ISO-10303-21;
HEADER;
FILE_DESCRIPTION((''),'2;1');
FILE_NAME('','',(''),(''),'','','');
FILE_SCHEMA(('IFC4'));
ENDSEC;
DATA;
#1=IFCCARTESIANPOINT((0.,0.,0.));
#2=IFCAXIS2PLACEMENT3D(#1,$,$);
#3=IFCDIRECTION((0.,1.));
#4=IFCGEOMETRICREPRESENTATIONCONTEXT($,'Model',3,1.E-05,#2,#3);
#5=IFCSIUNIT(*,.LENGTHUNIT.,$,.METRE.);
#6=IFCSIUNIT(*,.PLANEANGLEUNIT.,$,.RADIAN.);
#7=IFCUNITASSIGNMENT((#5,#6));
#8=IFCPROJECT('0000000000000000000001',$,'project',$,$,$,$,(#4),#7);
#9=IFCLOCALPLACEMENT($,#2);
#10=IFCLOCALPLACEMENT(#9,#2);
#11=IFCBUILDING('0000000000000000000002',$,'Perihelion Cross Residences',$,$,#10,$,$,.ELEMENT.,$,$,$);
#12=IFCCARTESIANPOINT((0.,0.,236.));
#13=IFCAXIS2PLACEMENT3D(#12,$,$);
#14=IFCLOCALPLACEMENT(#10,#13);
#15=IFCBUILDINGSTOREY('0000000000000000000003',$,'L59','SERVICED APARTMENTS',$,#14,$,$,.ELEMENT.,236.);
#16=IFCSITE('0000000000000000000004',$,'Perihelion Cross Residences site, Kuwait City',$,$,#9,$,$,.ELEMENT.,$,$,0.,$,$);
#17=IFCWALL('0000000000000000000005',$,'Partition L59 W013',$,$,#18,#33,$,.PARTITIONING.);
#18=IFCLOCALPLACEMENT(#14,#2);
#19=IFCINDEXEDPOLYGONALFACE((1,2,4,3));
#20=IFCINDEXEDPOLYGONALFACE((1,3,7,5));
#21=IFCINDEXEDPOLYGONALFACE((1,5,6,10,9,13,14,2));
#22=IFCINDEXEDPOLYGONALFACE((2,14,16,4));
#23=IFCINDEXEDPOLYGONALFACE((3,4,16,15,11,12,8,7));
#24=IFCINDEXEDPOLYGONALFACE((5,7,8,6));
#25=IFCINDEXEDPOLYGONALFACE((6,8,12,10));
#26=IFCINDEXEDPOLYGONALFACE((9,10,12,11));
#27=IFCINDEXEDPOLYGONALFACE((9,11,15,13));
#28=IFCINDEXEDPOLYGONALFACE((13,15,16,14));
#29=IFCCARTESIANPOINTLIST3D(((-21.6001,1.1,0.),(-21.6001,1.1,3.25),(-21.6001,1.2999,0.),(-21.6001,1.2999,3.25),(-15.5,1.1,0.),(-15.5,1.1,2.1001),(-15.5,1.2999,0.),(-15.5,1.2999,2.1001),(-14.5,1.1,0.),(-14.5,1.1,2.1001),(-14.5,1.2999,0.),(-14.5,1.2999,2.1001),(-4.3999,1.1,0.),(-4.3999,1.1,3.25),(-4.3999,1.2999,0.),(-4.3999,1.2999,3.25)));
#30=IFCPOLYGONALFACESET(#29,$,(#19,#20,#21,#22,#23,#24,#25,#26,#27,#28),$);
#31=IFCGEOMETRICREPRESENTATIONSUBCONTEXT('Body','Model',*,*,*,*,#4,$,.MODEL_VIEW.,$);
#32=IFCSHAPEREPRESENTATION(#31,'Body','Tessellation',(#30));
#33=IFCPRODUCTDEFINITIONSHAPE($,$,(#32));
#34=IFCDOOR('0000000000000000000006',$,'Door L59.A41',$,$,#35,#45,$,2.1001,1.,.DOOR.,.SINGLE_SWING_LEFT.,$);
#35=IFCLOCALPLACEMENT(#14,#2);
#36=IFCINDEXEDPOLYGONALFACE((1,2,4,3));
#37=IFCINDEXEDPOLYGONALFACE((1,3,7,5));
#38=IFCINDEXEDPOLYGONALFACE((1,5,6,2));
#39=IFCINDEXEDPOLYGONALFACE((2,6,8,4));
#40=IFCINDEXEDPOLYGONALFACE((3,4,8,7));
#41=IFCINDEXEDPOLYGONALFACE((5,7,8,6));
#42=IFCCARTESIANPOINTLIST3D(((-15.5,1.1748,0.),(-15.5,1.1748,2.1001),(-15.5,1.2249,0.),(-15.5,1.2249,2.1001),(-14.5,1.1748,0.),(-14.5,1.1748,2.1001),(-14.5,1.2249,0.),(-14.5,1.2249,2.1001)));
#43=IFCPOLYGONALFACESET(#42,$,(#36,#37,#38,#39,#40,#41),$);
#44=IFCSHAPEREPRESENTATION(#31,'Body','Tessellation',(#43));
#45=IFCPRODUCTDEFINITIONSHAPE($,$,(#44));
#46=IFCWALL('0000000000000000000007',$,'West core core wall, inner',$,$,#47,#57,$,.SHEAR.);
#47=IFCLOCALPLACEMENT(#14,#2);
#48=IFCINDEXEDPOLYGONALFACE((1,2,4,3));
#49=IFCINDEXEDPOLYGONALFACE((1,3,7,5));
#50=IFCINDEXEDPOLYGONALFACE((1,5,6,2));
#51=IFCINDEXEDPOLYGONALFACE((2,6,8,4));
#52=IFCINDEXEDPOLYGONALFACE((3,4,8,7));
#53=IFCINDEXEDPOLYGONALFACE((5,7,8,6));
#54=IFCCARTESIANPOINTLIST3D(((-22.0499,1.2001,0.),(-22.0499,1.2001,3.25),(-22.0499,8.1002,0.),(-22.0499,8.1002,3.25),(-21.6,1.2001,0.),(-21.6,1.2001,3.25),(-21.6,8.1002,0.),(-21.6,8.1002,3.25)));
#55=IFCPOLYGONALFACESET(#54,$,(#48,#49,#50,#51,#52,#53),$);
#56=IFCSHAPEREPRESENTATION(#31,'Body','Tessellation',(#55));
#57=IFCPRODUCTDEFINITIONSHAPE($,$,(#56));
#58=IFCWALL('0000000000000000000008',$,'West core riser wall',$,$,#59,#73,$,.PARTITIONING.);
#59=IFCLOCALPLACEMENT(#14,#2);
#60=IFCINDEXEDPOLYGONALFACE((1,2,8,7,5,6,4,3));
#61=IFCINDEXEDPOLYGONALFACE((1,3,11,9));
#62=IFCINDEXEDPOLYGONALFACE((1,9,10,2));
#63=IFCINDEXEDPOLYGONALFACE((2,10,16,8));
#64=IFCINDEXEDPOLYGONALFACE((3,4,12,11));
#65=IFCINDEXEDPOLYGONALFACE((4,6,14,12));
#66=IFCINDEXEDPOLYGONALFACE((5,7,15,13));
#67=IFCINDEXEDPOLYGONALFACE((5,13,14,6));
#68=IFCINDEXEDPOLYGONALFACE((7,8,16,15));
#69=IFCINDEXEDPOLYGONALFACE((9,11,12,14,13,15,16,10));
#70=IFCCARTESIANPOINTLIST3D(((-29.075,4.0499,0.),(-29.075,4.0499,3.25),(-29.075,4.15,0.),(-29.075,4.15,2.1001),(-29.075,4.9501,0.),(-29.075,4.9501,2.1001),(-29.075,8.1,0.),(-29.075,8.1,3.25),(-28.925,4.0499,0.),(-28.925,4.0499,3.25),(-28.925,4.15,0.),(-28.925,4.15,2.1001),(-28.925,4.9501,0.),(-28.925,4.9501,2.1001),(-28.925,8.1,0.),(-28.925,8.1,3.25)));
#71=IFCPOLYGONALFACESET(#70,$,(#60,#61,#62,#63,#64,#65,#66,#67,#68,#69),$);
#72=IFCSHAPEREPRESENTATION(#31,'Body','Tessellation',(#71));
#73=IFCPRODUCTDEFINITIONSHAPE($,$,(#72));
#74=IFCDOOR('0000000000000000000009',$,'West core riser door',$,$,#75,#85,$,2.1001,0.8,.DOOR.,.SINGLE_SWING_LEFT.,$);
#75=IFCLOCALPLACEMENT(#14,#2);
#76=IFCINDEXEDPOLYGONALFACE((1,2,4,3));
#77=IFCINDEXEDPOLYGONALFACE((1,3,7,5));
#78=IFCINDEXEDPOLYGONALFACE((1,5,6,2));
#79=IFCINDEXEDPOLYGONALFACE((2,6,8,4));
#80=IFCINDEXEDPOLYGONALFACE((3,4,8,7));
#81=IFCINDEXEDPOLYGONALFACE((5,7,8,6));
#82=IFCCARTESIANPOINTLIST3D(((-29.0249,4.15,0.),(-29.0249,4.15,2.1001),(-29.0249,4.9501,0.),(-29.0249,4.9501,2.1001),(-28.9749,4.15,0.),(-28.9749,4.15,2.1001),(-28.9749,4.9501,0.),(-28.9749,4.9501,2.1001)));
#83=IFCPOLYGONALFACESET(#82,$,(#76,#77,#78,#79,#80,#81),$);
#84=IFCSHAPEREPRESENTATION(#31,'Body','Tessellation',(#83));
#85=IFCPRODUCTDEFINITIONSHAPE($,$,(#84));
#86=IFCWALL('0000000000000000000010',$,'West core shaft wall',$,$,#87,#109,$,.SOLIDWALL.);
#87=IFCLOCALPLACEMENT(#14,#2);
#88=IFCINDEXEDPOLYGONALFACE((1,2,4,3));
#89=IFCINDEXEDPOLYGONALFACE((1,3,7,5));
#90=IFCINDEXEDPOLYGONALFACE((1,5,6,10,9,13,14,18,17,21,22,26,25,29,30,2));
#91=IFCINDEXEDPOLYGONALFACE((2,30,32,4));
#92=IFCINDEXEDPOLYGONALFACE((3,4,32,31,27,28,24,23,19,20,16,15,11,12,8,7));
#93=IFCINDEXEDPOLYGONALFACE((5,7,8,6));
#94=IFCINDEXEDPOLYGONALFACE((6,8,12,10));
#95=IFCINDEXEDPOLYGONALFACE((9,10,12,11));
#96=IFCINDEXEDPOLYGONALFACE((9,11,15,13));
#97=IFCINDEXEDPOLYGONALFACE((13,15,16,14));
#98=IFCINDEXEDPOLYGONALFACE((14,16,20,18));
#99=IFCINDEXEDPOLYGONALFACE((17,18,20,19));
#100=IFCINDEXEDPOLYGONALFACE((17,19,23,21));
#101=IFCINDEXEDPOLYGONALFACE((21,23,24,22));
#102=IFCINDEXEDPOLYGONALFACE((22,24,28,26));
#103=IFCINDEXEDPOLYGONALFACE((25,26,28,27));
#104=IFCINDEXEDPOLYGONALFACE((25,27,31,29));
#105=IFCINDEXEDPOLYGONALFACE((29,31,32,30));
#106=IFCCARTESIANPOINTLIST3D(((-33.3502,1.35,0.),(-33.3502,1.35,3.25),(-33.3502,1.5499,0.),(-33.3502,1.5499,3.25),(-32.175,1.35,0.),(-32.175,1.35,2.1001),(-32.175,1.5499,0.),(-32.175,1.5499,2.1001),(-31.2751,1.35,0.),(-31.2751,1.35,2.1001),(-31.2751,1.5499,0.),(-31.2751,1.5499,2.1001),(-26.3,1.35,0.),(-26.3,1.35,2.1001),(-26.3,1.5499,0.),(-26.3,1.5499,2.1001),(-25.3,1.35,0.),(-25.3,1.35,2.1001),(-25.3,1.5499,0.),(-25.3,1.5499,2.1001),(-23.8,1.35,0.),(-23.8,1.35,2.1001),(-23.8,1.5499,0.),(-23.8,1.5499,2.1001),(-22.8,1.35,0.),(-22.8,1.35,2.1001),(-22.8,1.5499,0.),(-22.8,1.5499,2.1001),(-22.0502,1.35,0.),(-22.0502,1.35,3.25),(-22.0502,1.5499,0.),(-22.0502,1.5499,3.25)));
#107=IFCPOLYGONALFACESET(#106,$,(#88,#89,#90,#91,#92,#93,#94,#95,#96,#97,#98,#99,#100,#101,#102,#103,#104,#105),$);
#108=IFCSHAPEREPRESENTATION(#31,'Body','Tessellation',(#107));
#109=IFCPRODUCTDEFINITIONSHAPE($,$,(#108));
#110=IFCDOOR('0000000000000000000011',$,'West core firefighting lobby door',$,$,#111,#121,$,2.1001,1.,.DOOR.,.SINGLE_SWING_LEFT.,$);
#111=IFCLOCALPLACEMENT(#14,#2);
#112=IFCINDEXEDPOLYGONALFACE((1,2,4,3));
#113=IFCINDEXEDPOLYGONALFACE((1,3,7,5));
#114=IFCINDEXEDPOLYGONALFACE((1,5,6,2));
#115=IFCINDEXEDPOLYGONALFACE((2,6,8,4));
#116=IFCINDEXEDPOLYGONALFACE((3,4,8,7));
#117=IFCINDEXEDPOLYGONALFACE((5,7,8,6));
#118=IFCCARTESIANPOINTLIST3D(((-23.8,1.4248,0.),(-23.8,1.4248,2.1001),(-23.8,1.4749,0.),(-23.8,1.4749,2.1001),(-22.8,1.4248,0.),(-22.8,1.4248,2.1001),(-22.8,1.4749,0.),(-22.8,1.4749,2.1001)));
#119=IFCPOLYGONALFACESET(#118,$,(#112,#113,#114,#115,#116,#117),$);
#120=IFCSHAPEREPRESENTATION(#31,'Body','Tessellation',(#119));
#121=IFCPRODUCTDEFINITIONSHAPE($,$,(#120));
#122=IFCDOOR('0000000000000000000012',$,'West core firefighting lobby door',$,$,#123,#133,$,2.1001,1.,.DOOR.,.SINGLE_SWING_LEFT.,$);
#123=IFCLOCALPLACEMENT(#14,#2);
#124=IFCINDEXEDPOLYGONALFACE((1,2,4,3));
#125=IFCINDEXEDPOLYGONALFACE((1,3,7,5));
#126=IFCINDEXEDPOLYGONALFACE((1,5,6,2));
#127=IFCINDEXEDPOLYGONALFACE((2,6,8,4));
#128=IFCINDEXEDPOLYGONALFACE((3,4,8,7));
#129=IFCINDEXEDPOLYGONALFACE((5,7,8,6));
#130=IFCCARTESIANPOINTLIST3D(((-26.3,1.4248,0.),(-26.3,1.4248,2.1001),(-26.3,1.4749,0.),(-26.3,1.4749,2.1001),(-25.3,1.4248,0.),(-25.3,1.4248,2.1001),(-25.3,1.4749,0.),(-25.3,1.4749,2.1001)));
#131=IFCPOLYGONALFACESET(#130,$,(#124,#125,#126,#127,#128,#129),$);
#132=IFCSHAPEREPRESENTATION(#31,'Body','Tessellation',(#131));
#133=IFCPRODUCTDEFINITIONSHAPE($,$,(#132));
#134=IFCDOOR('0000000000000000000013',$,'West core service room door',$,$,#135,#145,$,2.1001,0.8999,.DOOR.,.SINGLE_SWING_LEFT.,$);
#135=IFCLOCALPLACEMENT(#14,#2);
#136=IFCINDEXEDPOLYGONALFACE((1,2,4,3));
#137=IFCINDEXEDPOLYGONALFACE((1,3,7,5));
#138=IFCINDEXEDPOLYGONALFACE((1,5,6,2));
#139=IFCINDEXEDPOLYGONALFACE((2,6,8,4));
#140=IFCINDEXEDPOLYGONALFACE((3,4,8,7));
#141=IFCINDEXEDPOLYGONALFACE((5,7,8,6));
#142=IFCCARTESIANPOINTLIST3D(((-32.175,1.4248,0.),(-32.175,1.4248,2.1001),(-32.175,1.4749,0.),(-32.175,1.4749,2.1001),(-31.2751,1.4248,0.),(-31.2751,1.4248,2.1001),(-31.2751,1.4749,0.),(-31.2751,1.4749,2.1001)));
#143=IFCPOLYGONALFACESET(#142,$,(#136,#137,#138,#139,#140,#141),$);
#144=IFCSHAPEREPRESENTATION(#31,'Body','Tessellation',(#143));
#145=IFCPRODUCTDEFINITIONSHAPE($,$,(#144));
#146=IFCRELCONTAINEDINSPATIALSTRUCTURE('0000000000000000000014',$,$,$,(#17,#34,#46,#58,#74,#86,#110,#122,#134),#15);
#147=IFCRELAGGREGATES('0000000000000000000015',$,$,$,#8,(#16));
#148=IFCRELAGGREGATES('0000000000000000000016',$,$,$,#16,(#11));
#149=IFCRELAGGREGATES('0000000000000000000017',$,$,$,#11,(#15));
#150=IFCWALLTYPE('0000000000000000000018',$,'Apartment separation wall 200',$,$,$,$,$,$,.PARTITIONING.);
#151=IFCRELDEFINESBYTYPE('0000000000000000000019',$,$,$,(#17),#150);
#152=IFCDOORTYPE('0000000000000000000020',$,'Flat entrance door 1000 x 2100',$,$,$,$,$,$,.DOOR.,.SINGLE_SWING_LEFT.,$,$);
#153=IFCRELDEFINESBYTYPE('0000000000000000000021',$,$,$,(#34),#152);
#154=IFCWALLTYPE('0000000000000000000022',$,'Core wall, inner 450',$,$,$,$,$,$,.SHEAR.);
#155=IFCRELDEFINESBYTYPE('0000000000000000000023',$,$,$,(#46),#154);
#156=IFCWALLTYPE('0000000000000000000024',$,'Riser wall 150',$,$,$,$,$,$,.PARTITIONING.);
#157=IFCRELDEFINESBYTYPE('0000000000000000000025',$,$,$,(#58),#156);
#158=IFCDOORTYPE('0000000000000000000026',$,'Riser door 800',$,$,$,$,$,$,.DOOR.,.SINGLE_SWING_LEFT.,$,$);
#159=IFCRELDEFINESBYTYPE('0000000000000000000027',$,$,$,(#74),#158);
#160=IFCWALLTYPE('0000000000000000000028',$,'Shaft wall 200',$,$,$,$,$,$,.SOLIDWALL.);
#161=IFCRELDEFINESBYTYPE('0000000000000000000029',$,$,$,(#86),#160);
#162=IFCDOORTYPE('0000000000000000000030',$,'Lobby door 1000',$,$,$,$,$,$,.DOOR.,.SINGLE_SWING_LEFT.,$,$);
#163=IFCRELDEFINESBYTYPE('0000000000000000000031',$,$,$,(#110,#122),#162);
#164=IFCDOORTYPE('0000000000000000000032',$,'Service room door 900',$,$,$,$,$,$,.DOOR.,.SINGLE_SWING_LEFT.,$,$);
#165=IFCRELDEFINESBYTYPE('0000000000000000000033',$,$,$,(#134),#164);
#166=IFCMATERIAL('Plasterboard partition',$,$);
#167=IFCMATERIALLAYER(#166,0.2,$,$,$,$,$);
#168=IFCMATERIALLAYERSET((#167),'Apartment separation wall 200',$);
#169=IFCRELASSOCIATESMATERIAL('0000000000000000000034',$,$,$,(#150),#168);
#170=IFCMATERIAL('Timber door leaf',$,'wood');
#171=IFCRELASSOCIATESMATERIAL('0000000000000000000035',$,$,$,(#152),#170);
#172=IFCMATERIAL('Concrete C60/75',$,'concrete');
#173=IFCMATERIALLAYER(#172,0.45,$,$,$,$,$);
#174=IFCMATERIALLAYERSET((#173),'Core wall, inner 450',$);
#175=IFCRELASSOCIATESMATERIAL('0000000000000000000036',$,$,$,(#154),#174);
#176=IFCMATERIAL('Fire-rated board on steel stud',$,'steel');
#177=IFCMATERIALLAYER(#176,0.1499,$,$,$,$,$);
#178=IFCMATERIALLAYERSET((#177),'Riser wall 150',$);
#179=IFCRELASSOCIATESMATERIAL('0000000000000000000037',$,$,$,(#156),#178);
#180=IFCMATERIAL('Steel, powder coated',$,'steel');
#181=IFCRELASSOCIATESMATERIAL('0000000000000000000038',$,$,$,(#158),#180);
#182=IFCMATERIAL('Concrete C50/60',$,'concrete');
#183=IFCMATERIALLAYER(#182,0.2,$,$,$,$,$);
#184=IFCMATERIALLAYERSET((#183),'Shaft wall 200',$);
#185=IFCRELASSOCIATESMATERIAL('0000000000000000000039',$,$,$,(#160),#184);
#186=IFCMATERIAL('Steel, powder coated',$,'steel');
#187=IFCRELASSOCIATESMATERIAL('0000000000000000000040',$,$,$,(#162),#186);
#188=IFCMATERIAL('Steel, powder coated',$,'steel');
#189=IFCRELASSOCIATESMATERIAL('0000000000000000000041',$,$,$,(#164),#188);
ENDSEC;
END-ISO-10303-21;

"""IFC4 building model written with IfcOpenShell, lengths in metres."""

from ifc_helpers import new_model, si_unit, direction, frame, frame_2d, origin, place, context, subcontext, project, spatial, rectangle, extrude, material, layer, layer_set, type_object, element, fill, save


model = new_model("IFC4")

# Units and contexts
model_context = context("Model", 3, precision=1e-05, world=origin(), true_north=direction((0.0, 1.0)))
body_context = subcontext(model_context, "Body", "Model", "MODEL_VIEW")
ifc_project = project(units=[si_unit("LENGTHUNIT", "METRE"), si_unit("PLANEANGLEUNIT", "RADIAN")], contexts=[model_context])

# Site, building, storey
site_placement = place(None, origin())
site = spatial("IfcSite", under=ifc_project, at=site_placement, Name="Perihelion Cross Residences site, Kuwait City", CompositionType="ELEMENT", RefElevation=0.0)
building_placement = place(site_placement, origin())
building = spatial("IfcBuilding", under=site, at=building_placement, Name="Perihelion Cross Residences", CompositionType="ELEMENT")
storey_placement = place(building_placement, frame((0.0, 0.0, 236.0)))
storey = spatial("IfcBuildingStorey", under=building, at=storey_placement, Name="L59", Description="SERVICED APARTMENTS", CompositionType="ELEMENT", Elevation=236.0)

# Wall, opening, door
ifc_material_1 = material(Name="Plasterboard partition")
ifc_layer_1 = layer(ifc_material_1, 0.2)
ifc_layer_set_1 = layer_set([ifc_layer_1], Name="Apartment separation wall 200")
wall_type_1 = type_object("IfcWallType", Name="Apartment separation wall 200", PredefinedType="PARTITIONING", material=ifc_layer_set_1)
wall_1_placement = place(storey_placement, frame((-21.6001, 1.2, 0.0), z_axis=(0.0, 0.0, 1.0), x_axis=(1.0, 0.0, 0.0)))
wall_1 = element("IfcWall", 1, at=wall_1_placement, inside=storey, type_object=wall_type_1, Name="Partition L59 W013", PredefinedType="PARTITIONING", context=body_context, shape_type="SweptSolid", body=[
    extrude(rectangle(XDim=17.2002, YDim=0.2, at=frame_2d((8.6001, 0.0))), origin(), (0.0, 0.0, 1.0), 3.25),
])
opening_1_placement = place(wall_1_placement, frame((6.1001, 0.0, 0.0)))
opening_1 = element("IfcOpeningElement", 2, at=opening_1_placement, cuts=wall_1, PredefinedType="OPENING", context=body_context, shape_type="SweptSolid", body=[
    extrude(rectangle(XDim=1.0, YDim=2.1001, at=frame_2d((0.5, 1.05))), frame((0.0, 0.1099, 0.0), z_axis=(0.0, -1.0, 0.0), x_axis=(1.0, 0.0, 0.0)), (0.0, 0.0, 1.0), 0.22),
])
ifc_material_2 = material(Name="Timber door leaf", Category="wood")
door_type_1 = type_object("IfcDoorType", Name="Flat entrance door 1000 x 2100", OperationType="SINGLE_SWING_LEFT", PredefinedType="DOOR", material=ifc_material_2)
door_1_placement = place(opening_1_placement, origin())
door_1 = element("IfcDoor", 3, at=door_1_placement, inside=storey, type_object=door_type_1, Name="Door L59.A41", OperationType="SINGLE_SWING_LEFT", OverallHeight=2.1001, OverallWidth=1.0, PredefinedType="DOOR", context=body_context, shape_type="SweptSolid", body=[
    extrude(rectangle(XDim=1.0, YDim=2.1001, at=frame_2d((0.5, 1.05))), frame((0.0, 0.0249, 0.0), z_axis=(0.0, -1.0, 0.0), x_axis=(1.0, 0.0, 0.0)), (0.0, 0.0, 1.0), 0.05),
])
fill(opening_1, door_1)

# Wall
ifc_material_3 = material(Name="Concrete C60/75", Category="concrete")
ifc_layer_2 = layer(ifc_material_3, 0.45)
ifc_layer_set_2 = layer_set([ifc_layer_2], Name="Core wall, inner 450")
wall_type_2 = type_object("IfcWallType", Name="Core wall, inner 450", PredefinedType="SHEAR", material=ifc_layer_set_2)
wall_2_placement = place(storey_placement, frame((-21.825, 1.2, 0.0), z_axis=(0.0, 0.0, 1.0), x_axis=(0.0, 1.0, 0.0)))
element("IfcWall", 4, at=wall_2_placement, inside=storey, type_object=wall_type_2, Name="West core core wall, inner", PredefinedType="SHEAR", context=body_context, shape_type="SweptSolid", body=[
    extrude(rectangle(XDim=6.9001, YDim=0.45, at=frame_2d((3.4502, 0.0))), origin(), (0.0, 0.0, 1.0), 3.25),
])

# Wall, opening, door
ifc_material_4 = material(Name="Fire-rated board on steel stud", Category="steel")
ifc_layer_3 = layer(ifc_material_4, 0.1499)
ifc_layer_set_3 = layer_set([ifc_layer_3], Name="Riser wall 150")
wall_type_3 = type_object("IfcWallType", Name="Riser wall 150", PredefinedType="PARTITIONING", material=ifc_layer_set_3)
wall_3_placement = place(storey_placement, frame((-29.0, 4.05, 0.0), z_axis=(0.0, 0.0, 1.0), x_axis=(0.0, 1.0, 0.0)))
wall_3 = element("IfcWall", 5, at=wall_3_placement, inside=storey, type_object=wall_type_3, Name="West core riser wall", PredefinedType="PARTITIONING", context=body_context, shape_type="SweptSolid", body=[
    extrude(rectangle(XDim=4.05, YDim=0.1499, at=frame_2d((2.0249, 0.0))), origin(), (0.0, 0.0, 1.0), 3.25),
])
opening_2_placement = place(wall_3_placement, frame((0.1001, 0.0, 0.0)))
opening_2 = element("IfcOpeningElement", 6, at=opening_2_placement, cuts=wall_3, PredefinedType="OPENING", context=body_context, shape_type="SweptSolid", body=[
    extrude(rectangle(XDim=0.8, YDim=2.1001, at=frame_2d((0.3999, 1.05))), frame((0.0, 0.085, 0.0), z_axis=(0.0, -1.0, 0.0), x_axis=(1.0, 0.0, 0.0)), (0.0, 0.0, 1.0), 0.1699),
])
ifc_material_5 = material(Name="Steel, powder coated", Category="steel")
door_type_2 = type_object("IfcDoorType", Name="Riser door 800", OperationType="SINGLE_SWING_LEFT", PredefinedType="DOOR", material=ifc_material_5)
door_2_placement = place(opening_2_placement, origin())
door_2 = element("IfcDoor", 7, at=door_2_placement, inside=storey, type_object=door_type_2, Name="West core riser door", OperationType="SINGLE_SWING_LEFT", OverallHeight=2.1001, OverallWidth=0.8, PredefinedType="DOOR", context=body_context, shape_type="SweptSolid", body=[
    extrude(rectangle(XDim=0.8, YDim=2.1001, at=frame_2d((0.3999, 1.05))), frame((0.0, 0.0249, 0.0), z_axis=(0.0, -1.0, 0.0), x_axis=(1.0, 0.0, 0.0)), (0.0, 0.0, 1.0), 0.05),
])
fill(opening_2, door_2)

# Wall, openings, doors
ifc_material_6 = material(Name="Concrete C50/60", Category="concrete")
ifc_layer_4 = layer(ifc_material_6, 0.2)
ifc_layer_set_4 = layer_set([ifc_layer_4], Name="Shaft wall 200")
wall_type_4 = type_object("IfcWallType", Name="Shaft wall 200", PredefinedType="SOLIDWALL", material=ifc_layer_set_4)
wall_4_placement = place(storey_placement, frame((-33.3501, 1.45, 0.0), z_axis=(0.0, 0.0, 1.0), x_axis=(1.0, 0.0, 0.0)))
wall_4 = element("IfcWall", 8, at=wall_4_placement, inside=storey, type_object=wall_type_4, Name="West core shaft wall", PredefinedType="SOLIDWALL", context=body_context, shape_type="SweptSolid", body=[
    extrude(rectangle(XDim=11.3, YDim=0.2, at=frame_2d((5.6499, 0.0))), origin(), (0.0, 0.0, 1.0), 3.25),
])
opening_3_placement = place(wall_4_placement, frame((9.55, 0.0, 0.0)))
opening_3 = element("IfcOpeningElement", 9, at=opening_3_placement, cuts=wall_4, PredefinedType="OPENING", context=body_context, shape_type="SweptSolid", body=[
    extrude(rectangle(XDim=1.0, YDim=2.1001, at=frame_2d((0.5, 1.05))), frame((0.0, 0.1099, 0.0), z_axis=(0.0, -1.0, 0.0), x_axis=(1.0, 0.0, 0.0)), (0.0, 0.0, 1.0), 0.22),
])
opening_4_placement = place(wall_4_placement, frame((7.05, 0.0, 0.0)))
opening_4 = element("IfcOpeningElement", 10, at=opening_4_placement, cuts=wall_4, PredefinedType="OPENING", context=body_context, shape_type="SweptSolid", body=[
    extrude(rectangle(XDim=1.0, YDim=2.1001, at=frame_2d((0.5, 1.05))), frame((0.0, 0.1099, 0.0), z_axis=(0.0, -1.0, 0.0), x_axis=(1.0, 0.0, 0.0)), (0.0, 0.0, 1.0), 0.22),
])
opening_5_placement = place(wall_4_placement, frame((1.175, 0.0, 0.0)))
opening_5 = element("IfcOpeningElement", 11, at=opening_5_placement, cuts=wall_4, PredefinedType="OPENING", context=body_context, shape_type="SweptSolid", body=[
    extrude(rectangle(XDim=0.8999, YDim=2.1001, at=frame_2d((0.45, 1.05))), frame((0.0, 0.1099, 0.0), z_axis=(0.0, -1.0, 0.0), x_axis=(1.0, 0.0, 0.0)), (0.0, 0.0, 1.0), 0.22),
])
ifc_material_7 = material(Name="Steel, powder coated", Category="steel")
door_type_3 = type_object("IfcDoorType", Name="Lobby door 1000", OperationType="SINGLE_SWING_LEFT", PredefinedType="DOOR", material=ifc_material_7)
door_3_placement = place(opening_3_placement, origin())
door_3 = element("IfcDoor", 12, at=door_3_placement, inside=storey, type_object=door_type_3, Name="West core firefighting lobby door", OperationType="SINGLE_SWING_LEFT", OverallHeight=2.1001, OverallWidth=1.0, PredefinedType="DOOR", context=body_context, shape_type="SweptSolid", body=[
    extrude(rectangle(XDim=1.0, YDim=2.1001, at=frame_2d((0.5, 1.05))), frame((0.0, 0.0249, 0.0), z_axis=(0.0, -1.0, 0.0), x_axis=(1.0, 0.0, 0.0)), (0.0, 0.0, 1.0), 0.05),
])
fill(opening_3, door_3)
door_4_placement = place(opening_4_placement, origin())
door_4 = element("IfcDoor", 13, at=door_4_placement, inside=storey, type_object=door_type_3, Name="West core firefighting lobby door", OperationType="SINGLE_SWING_LEFT", OverallHeight=2.1001, OverallWidth=1.0, PredefinedType="DOOR", context=body_context, shape_type="SweptSolid", body=[
    extrude(rectangle(XDim=1.0, YDim=2.1001, at=frame_2d((0.5, 1.05))), frame((0.0, 0.0249, 0.0), z_axis=(0.0, -1.0, 0.0), x_axis=(1.0, 0.0, 0.0)), (0.0, 0.0, 1.0), 0.05),
])
fill(opening_4, door_4)
ifc_material_8 = material(Name="Steel, powder coated", Category="steel")
door_type_4 = type_object("IfcDoorType", Name="Service room door 900", OperationType="SINGLE_SWING_LEFT", PredefinedType="DOOR", material=ifc_material_8)
door_5_placement = place(opening_5_placement, origin())
door_5 = element("IfcDoor", 14, at=door_5_placement, inside=storey, type_object=door_type_4, Name="West core service room door", OperationType="SINGLE_SWING_LEFT", OverallHeight=2.1001, OverallWidth=0.8999, PredefinedType="DOOR", context=body_context, shape_type="SweptSolid", body=[
    extrude(rectangle(XDim=0.8999, YDim=2.1001, at=frame_2d((0.45, 1.05))), frame((0.0, 0.0249, 0.0), z_axis=(0.0, -1.0, 0.0), x_axis=(1.0, 0.0, 0.0)), (0.0, 0.0, 1.0), 0.05),
])
fill(opening_5, door_5)

save(model, "model.ifc")
